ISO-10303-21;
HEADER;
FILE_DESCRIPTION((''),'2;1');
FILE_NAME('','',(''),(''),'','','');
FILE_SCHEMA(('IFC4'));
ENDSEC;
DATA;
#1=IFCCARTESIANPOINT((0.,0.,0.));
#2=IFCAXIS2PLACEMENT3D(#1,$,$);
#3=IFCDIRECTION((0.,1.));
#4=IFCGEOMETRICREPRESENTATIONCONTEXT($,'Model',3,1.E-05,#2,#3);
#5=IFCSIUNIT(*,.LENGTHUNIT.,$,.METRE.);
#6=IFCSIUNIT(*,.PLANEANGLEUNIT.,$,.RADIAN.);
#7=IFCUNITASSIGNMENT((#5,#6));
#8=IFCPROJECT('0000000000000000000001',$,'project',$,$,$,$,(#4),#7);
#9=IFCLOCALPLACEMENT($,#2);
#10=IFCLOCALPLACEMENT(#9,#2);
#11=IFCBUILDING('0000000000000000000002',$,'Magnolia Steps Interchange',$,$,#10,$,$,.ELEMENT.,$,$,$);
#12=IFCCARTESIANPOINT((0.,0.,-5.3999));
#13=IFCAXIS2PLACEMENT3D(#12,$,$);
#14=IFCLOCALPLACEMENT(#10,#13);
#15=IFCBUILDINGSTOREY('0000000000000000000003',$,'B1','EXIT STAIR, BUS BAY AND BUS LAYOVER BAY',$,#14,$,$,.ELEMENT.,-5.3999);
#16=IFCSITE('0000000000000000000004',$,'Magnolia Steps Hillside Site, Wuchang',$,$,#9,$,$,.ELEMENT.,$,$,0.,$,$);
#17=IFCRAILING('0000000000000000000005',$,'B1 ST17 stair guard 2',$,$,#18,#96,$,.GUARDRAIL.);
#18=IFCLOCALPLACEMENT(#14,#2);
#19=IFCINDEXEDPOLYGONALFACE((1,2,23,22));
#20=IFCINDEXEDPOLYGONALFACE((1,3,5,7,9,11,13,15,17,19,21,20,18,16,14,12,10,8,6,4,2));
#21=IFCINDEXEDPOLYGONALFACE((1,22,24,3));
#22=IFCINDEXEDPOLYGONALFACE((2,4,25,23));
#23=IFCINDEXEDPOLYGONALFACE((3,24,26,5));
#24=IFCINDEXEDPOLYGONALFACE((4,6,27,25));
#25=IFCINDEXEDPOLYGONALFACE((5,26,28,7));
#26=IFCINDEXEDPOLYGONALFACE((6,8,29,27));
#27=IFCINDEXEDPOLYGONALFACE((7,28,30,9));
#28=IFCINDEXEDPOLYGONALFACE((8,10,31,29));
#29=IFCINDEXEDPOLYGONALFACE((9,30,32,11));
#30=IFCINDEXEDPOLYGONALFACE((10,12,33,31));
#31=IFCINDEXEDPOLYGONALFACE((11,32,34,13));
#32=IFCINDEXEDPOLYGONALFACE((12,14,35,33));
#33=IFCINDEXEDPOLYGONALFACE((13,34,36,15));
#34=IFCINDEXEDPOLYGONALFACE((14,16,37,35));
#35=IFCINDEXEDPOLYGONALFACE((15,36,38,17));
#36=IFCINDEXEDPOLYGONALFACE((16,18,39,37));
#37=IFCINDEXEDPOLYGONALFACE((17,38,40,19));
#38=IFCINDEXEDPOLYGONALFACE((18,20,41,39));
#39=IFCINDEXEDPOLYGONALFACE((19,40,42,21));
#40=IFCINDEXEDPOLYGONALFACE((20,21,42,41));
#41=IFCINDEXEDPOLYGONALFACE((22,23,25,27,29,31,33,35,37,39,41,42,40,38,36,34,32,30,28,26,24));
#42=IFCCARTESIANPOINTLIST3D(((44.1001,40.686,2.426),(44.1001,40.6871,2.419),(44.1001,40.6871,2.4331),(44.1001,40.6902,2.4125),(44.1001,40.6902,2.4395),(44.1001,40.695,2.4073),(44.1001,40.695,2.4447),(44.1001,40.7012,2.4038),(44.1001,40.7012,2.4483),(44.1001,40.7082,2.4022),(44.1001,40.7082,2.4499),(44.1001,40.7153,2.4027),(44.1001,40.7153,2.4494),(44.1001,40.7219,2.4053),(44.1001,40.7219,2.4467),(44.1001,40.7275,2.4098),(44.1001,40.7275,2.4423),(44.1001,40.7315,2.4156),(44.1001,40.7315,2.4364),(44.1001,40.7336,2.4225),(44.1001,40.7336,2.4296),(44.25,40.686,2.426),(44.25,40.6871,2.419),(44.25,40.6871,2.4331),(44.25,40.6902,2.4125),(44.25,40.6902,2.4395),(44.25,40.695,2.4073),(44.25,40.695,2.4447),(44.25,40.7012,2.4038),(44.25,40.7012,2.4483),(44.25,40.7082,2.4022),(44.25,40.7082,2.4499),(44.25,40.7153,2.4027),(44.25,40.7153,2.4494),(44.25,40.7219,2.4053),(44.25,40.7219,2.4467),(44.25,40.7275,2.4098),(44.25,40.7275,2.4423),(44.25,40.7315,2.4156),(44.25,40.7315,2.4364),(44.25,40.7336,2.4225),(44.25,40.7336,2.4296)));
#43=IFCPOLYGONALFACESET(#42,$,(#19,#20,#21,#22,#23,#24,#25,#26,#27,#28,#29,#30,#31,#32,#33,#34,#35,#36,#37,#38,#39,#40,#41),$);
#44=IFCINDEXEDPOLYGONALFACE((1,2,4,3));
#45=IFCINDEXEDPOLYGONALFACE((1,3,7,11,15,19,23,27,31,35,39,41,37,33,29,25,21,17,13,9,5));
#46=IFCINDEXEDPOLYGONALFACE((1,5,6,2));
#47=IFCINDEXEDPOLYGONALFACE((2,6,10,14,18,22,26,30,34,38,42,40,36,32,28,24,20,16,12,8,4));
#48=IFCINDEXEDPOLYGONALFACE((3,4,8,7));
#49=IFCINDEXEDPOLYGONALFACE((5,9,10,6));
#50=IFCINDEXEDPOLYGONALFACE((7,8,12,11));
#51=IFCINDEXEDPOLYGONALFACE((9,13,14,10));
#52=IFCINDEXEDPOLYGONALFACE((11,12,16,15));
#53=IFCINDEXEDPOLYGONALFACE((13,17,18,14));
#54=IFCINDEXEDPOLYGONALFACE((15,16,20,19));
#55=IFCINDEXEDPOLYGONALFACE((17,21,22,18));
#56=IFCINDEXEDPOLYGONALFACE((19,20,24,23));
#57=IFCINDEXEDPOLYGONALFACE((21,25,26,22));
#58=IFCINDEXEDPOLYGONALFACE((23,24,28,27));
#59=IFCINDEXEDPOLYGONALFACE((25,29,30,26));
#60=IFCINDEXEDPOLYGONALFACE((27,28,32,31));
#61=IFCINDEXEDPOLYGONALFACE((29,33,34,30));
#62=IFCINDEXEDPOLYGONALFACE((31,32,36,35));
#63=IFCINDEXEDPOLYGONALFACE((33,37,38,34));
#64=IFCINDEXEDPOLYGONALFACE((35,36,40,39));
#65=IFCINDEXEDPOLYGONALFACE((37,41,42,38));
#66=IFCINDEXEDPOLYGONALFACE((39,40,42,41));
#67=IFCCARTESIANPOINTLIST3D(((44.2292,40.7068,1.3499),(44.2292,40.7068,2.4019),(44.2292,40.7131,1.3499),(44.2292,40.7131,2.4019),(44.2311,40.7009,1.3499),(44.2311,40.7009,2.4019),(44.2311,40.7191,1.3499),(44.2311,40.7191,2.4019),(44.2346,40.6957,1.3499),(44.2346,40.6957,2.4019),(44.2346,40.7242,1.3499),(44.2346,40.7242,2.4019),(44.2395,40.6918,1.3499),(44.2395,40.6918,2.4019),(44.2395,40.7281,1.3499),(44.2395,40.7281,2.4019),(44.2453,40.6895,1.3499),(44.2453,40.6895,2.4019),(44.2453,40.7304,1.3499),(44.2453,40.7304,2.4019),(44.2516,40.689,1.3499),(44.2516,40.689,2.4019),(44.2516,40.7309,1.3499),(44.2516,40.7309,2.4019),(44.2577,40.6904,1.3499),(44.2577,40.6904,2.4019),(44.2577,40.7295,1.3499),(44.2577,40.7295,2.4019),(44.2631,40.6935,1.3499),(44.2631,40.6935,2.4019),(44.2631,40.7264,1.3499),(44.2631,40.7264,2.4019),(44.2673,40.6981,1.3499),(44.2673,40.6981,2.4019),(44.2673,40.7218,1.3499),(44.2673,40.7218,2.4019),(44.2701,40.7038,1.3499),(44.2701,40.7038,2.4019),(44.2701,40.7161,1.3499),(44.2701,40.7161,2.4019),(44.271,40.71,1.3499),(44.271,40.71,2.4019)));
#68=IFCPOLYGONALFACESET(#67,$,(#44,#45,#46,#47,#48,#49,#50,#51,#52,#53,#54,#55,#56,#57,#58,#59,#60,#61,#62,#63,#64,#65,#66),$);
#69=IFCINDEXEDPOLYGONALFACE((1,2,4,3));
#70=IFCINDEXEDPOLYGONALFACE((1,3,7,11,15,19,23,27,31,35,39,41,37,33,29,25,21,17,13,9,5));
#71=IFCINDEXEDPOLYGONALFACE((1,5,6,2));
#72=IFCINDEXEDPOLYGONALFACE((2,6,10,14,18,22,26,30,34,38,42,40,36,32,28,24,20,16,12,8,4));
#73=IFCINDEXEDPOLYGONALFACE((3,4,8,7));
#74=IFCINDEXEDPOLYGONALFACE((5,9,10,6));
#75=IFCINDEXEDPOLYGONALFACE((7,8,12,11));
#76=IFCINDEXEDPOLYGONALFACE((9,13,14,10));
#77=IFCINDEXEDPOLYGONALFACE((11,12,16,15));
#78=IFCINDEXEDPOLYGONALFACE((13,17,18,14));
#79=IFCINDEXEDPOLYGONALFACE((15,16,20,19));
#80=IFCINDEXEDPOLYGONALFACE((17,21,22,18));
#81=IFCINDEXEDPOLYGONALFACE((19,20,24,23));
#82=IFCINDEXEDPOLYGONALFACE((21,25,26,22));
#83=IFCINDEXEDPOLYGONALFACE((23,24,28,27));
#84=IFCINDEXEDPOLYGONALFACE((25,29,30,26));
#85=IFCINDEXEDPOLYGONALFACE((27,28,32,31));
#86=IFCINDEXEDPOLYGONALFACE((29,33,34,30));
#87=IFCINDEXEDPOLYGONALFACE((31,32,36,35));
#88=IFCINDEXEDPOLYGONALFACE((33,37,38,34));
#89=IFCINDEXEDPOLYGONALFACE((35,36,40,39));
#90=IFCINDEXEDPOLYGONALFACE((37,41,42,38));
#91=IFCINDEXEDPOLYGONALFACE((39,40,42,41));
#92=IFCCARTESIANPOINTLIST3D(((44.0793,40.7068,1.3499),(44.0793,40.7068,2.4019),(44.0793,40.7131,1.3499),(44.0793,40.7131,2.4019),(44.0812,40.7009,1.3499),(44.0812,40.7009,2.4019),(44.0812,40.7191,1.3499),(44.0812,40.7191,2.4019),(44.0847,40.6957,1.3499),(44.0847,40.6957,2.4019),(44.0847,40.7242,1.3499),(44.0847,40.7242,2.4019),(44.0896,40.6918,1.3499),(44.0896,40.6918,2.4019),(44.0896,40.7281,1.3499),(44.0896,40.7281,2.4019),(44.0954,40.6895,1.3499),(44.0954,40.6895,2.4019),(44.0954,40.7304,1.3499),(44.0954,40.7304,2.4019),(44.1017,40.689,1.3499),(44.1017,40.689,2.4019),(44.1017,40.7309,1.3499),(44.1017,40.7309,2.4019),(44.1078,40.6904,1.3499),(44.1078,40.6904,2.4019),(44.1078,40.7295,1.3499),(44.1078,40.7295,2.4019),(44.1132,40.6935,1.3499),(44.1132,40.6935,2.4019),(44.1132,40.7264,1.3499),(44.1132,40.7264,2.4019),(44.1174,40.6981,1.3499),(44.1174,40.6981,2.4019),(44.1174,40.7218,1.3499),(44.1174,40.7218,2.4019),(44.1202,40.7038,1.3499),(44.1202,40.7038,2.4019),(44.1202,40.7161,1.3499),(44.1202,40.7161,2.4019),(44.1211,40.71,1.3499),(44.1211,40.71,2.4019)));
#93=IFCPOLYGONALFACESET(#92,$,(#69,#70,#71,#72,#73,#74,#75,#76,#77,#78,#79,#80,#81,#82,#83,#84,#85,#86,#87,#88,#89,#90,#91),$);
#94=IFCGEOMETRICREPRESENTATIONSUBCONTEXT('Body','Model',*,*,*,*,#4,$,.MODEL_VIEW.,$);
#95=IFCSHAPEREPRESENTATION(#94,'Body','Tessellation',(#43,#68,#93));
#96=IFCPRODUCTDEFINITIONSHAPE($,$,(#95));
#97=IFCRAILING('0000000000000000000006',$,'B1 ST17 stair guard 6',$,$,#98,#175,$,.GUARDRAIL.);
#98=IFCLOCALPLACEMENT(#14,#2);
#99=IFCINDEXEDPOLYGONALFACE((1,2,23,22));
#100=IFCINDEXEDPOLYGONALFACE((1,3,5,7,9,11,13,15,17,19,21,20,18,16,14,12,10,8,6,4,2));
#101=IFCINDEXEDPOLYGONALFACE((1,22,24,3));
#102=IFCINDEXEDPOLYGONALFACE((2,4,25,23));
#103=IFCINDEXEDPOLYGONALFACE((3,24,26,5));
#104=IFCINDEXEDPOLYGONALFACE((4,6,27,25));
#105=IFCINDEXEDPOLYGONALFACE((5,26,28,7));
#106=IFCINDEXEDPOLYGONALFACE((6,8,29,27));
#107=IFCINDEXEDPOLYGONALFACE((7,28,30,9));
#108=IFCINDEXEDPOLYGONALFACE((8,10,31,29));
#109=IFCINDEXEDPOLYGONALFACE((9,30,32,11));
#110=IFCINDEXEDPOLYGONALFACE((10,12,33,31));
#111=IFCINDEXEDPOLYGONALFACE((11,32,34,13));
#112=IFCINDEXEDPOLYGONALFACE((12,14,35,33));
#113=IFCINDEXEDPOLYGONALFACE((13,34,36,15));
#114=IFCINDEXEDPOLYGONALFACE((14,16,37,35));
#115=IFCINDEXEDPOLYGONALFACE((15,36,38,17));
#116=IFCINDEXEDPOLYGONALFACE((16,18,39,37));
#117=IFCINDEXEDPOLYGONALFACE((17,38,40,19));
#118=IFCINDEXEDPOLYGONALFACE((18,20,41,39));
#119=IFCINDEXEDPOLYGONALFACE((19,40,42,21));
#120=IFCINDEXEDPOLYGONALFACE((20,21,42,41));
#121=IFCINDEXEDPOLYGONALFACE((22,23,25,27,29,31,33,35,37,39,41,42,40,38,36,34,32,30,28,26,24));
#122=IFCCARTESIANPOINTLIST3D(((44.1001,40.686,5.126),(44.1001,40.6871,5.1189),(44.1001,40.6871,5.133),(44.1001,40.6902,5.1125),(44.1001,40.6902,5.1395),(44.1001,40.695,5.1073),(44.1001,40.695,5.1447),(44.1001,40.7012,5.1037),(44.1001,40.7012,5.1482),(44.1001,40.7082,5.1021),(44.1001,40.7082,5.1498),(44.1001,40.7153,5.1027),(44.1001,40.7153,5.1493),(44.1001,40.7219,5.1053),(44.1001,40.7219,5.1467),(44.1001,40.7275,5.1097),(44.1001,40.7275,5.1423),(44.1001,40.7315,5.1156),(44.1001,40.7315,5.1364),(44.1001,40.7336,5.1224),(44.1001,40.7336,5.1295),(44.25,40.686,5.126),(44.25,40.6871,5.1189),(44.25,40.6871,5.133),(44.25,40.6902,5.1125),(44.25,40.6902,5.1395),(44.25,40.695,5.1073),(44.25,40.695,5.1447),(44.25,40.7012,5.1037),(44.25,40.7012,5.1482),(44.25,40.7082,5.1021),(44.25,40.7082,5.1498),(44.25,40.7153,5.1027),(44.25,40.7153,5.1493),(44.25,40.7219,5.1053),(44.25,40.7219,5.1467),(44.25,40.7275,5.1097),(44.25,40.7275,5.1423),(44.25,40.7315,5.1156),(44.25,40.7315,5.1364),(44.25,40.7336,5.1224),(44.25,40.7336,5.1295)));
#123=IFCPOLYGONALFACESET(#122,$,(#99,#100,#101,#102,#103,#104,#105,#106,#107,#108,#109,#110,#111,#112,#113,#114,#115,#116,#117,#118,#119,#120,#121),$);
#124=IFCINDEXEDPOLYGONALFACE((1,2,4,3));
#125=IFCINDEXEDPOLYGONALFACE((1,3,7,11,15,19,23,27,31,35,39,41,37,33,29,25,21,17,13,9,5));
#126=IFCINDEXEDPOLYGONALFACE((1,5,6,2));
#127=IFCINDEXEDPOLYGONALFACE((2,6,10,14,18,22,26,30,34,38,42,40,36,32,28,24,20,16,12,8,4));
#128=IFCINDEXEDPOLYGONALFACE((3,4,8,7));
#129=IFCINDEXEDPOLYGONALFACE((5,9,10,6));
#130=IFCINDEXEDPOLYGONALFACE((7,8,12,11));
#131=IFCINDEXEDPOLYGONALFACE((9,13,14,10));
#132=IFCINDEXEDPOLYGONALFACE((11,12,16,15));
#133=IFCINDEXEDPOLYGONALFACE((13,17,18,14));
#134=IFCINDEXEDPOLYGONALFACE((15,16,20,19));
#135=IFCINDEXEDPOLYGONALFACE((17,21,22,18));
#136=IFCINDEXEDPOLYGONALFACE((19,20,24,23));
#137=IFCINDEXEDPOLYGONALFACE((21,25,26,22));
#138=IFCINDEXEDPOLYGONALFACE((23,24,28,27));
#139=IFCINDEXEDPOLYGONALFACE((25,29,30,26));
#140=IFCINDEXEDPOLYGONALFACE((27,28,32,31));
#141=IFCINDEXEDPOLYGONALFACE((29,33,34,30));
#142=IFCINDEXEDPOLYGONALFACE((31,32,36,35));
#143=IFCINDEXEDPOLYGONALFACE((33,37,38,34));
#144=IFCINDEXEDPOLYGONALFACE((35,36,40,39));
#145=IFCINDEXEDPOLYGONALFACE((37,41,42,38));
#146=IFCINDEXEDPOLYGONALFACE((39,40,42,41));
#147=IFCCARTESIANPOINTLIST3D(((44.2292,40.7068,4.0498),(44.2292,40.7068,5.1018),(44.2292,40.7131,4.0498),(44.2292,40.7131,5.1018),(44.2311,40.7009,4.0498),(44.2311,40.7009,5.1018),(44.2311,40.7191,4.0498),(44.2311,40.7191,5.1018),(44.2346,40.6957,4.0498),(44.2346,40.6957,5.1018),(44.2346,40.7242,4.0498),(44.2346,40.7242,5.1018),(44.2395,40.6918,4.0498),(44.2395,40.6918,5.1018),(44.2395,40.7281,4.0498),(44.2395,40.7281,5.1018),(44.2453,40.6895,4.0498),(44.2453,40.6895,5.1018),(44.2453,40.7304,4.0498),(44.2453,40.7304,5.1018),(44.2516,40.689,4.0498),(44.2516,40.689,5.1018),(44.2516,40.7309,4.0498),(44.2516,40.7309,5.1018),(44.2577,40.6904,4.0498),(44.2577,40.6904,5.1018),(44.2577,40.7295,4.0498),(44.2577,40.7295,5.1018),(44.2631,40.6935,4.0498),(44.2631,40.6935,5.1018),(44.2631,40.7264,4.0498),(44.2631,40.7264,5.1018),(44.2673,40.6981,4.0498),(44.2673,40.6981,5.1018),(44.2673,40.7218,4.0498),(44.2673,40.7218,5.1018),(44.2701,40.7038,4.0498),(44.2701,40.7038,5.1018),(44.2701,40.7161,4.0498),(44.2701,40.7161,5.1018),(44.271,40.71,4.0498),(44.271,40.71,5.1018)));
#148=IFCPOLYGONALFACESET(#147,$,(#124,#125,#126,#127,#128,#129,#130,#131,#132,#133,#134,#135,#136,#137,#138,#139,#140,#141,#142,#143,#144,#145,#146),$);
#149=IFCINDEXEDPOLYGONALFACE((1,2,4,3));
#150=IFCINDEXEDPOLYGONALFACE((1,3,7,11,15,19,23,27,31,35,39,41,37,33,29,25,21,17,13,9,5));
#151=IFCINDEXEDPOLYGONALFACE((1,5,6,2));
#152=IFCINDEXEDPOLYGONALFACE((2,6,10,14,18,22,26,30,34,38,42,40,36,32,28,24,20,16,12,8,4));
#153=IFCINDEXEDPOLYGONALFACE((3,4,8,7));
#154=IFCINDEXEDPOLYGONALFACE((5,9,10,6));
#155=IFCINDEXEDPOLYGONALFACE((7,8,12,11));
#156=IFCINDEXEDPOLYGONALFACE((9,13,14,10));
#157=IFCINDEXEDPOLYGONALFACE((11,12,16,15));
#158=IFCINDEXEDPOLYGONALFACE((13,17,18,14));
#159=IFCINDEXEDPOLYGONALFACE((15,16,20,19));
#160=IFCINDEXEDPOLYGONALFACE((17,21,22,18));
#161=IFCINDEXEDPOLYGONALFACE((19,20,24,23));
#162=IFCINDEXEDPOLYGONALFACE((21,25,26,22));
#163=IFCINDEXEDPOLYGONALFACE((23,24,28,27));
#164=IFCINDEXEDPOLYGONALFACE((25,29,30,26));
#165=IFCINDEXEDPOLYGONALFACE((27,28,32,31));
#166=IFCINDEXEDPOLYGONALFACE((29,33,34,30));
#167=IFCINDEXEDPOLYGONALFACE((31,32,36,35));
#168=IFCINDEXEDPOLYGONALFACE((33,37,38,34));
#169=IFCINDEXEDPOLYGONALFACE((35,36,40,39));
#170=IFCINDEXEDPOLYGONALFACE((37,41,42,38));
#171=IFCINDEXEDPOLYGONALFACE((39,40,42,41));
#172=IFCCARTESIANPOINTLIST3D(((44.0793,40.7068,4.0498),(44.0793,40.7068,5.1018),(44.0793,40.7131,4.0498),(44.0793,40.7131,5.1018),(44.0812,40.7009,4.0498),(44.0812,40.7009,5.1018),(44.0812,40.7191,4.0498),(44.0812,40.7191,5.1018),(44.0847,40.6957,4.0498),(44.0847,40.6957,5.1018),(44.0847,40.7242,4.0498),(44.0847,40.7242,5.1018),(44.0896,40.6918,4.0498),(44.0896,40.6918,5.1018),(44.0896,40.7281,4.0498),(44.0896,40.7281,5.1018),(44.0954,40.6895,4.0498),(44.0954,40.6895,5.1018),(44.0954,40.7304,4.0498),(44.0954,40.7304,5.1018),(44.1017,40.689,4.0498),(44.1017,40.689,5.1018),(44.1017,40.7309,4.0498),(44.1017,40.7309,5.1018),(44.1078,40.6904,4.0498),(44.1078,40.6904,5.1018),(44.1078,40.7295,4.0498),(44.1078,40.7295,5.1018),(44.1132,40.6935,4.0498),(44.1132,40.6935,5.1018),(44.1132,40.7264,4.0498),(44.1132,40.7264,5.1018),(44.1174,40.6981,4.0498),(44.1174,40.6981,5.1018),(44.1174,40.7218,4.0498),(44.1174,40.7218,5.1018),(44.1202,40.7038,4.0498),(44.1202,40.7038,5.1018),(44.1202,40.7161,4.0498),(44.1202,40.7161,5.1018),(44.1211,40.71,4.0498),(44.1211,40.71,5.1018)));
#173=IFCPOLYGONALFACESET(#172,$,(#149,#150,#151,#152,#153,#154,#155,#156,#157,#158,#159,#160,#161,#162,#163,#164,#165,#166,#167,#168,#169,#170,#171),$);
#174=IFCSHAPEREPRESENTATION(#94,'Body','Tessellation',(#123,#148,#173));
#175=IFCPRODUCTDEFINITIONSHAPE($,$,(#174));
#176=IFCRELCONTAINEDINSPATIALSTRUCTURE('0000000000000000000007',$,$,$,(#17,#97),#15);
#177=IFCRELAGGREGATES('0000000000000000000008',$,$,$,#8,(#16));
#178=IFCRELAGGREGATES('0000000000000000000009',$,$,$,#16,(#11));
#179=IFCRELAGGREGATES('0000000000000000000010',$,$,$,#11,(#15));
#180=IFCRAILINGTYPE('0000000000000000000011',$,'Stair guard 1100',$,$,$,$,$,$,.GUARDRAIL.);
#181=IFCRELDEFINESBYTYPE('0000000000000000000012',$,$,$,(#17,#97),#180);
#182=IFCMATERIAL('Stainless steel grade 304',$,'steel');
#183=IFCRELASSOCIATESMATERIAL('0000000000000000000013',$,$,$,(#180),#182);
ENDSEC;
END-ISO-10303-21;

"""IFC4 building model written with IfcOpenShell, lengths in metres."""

from ifc_helpers import new_model, si_unit, direction, frame, origin, origin_2d, place, context, subcontext, project, spatial, circle, extrude, material, type_object, element, save


model = new_model("IFC4")

# Units and contexts
model_context = context("Model", 3, precision=1e-05, world=origin(), true_north=direction((0.0, 1.0)))
body_context = subcontext(model_context, "Body", "Model", "MODEL_VIEW")
ifc_project = project(units=[si_unit("LENGTHUNIT", "METRE"), si_unit("PLANEANGLEUNIT", "RADIAN")], contexts=[model_context])

# Site, building, storey
site_placement = place(None, origin())
site = spatial("IfcSite", under=ifc_project, at=site_placement, Name="Magnolia Steps Hillside Site, Wuchang", CompositionType="ELEMENT", RefElevation=0.0)
building_placement = place(site_placement, origin())
building = spatial("IfcBuilding", under=site, at=building_placement, Name="Magnolia Steps Interchange", CompositionType="ELEMENT")
storey_placement = place(building_placement, frame((0.0, 0.0, -5.3999)))
storey = spatial("IfcBuildingStorey", under=building, at=storey_placement, Name="B1", Description="EXIT STAIR, BUS BAY AND BUS LAYOVER BAY", CompositionType="ELEMENT", Elevation=-5.3999)

# Railings
ifc_material_1 = material(Name="Stainless steel grade 304", Category="steel")
railing_type_1 = type_object("IfcRailingType", Name="Stair guard 1100", PredefinedType="GUARDRAIL", material=ifc_material_1)
for number, where, name in (
    (1, (44.25, 40.71, 1.3499), "B1 ST17 stair guard 2"),
    (2, (44.25, 40.71, 4.0498), "B1 ST17 stair guard 6"),
):
    element("IfcRailing", number, at=place(storey_placement, frame(where)), inside=storey, type_object=railing_type_1, Name=name, PredefinedType="GUARDRAIL", context=body_context, shape_type="SweptSolid", body=[
        extrude(circle(Radius=0.0239, at=origin_2d()), frame((0.0, 0.0, 1.0762), z_axis=(-1.0, 0.0, 0.0), x_axis=(0.0, -1.0, 0.0)), (0.0, 0.0, 1.0), 0.1499),
        extrude(circle(Radius=0.021, at=origin_2d()), origin(), (0.0, 0.0, 1.0), 1.052),
        extrude(circle(Radius=0.021, at=origin_2d()), frame((-0.1499, 0.0, 0.0)), (0.0, 0.0, 1.0), 1.052),
    ])

save(model, "model.ifc")
